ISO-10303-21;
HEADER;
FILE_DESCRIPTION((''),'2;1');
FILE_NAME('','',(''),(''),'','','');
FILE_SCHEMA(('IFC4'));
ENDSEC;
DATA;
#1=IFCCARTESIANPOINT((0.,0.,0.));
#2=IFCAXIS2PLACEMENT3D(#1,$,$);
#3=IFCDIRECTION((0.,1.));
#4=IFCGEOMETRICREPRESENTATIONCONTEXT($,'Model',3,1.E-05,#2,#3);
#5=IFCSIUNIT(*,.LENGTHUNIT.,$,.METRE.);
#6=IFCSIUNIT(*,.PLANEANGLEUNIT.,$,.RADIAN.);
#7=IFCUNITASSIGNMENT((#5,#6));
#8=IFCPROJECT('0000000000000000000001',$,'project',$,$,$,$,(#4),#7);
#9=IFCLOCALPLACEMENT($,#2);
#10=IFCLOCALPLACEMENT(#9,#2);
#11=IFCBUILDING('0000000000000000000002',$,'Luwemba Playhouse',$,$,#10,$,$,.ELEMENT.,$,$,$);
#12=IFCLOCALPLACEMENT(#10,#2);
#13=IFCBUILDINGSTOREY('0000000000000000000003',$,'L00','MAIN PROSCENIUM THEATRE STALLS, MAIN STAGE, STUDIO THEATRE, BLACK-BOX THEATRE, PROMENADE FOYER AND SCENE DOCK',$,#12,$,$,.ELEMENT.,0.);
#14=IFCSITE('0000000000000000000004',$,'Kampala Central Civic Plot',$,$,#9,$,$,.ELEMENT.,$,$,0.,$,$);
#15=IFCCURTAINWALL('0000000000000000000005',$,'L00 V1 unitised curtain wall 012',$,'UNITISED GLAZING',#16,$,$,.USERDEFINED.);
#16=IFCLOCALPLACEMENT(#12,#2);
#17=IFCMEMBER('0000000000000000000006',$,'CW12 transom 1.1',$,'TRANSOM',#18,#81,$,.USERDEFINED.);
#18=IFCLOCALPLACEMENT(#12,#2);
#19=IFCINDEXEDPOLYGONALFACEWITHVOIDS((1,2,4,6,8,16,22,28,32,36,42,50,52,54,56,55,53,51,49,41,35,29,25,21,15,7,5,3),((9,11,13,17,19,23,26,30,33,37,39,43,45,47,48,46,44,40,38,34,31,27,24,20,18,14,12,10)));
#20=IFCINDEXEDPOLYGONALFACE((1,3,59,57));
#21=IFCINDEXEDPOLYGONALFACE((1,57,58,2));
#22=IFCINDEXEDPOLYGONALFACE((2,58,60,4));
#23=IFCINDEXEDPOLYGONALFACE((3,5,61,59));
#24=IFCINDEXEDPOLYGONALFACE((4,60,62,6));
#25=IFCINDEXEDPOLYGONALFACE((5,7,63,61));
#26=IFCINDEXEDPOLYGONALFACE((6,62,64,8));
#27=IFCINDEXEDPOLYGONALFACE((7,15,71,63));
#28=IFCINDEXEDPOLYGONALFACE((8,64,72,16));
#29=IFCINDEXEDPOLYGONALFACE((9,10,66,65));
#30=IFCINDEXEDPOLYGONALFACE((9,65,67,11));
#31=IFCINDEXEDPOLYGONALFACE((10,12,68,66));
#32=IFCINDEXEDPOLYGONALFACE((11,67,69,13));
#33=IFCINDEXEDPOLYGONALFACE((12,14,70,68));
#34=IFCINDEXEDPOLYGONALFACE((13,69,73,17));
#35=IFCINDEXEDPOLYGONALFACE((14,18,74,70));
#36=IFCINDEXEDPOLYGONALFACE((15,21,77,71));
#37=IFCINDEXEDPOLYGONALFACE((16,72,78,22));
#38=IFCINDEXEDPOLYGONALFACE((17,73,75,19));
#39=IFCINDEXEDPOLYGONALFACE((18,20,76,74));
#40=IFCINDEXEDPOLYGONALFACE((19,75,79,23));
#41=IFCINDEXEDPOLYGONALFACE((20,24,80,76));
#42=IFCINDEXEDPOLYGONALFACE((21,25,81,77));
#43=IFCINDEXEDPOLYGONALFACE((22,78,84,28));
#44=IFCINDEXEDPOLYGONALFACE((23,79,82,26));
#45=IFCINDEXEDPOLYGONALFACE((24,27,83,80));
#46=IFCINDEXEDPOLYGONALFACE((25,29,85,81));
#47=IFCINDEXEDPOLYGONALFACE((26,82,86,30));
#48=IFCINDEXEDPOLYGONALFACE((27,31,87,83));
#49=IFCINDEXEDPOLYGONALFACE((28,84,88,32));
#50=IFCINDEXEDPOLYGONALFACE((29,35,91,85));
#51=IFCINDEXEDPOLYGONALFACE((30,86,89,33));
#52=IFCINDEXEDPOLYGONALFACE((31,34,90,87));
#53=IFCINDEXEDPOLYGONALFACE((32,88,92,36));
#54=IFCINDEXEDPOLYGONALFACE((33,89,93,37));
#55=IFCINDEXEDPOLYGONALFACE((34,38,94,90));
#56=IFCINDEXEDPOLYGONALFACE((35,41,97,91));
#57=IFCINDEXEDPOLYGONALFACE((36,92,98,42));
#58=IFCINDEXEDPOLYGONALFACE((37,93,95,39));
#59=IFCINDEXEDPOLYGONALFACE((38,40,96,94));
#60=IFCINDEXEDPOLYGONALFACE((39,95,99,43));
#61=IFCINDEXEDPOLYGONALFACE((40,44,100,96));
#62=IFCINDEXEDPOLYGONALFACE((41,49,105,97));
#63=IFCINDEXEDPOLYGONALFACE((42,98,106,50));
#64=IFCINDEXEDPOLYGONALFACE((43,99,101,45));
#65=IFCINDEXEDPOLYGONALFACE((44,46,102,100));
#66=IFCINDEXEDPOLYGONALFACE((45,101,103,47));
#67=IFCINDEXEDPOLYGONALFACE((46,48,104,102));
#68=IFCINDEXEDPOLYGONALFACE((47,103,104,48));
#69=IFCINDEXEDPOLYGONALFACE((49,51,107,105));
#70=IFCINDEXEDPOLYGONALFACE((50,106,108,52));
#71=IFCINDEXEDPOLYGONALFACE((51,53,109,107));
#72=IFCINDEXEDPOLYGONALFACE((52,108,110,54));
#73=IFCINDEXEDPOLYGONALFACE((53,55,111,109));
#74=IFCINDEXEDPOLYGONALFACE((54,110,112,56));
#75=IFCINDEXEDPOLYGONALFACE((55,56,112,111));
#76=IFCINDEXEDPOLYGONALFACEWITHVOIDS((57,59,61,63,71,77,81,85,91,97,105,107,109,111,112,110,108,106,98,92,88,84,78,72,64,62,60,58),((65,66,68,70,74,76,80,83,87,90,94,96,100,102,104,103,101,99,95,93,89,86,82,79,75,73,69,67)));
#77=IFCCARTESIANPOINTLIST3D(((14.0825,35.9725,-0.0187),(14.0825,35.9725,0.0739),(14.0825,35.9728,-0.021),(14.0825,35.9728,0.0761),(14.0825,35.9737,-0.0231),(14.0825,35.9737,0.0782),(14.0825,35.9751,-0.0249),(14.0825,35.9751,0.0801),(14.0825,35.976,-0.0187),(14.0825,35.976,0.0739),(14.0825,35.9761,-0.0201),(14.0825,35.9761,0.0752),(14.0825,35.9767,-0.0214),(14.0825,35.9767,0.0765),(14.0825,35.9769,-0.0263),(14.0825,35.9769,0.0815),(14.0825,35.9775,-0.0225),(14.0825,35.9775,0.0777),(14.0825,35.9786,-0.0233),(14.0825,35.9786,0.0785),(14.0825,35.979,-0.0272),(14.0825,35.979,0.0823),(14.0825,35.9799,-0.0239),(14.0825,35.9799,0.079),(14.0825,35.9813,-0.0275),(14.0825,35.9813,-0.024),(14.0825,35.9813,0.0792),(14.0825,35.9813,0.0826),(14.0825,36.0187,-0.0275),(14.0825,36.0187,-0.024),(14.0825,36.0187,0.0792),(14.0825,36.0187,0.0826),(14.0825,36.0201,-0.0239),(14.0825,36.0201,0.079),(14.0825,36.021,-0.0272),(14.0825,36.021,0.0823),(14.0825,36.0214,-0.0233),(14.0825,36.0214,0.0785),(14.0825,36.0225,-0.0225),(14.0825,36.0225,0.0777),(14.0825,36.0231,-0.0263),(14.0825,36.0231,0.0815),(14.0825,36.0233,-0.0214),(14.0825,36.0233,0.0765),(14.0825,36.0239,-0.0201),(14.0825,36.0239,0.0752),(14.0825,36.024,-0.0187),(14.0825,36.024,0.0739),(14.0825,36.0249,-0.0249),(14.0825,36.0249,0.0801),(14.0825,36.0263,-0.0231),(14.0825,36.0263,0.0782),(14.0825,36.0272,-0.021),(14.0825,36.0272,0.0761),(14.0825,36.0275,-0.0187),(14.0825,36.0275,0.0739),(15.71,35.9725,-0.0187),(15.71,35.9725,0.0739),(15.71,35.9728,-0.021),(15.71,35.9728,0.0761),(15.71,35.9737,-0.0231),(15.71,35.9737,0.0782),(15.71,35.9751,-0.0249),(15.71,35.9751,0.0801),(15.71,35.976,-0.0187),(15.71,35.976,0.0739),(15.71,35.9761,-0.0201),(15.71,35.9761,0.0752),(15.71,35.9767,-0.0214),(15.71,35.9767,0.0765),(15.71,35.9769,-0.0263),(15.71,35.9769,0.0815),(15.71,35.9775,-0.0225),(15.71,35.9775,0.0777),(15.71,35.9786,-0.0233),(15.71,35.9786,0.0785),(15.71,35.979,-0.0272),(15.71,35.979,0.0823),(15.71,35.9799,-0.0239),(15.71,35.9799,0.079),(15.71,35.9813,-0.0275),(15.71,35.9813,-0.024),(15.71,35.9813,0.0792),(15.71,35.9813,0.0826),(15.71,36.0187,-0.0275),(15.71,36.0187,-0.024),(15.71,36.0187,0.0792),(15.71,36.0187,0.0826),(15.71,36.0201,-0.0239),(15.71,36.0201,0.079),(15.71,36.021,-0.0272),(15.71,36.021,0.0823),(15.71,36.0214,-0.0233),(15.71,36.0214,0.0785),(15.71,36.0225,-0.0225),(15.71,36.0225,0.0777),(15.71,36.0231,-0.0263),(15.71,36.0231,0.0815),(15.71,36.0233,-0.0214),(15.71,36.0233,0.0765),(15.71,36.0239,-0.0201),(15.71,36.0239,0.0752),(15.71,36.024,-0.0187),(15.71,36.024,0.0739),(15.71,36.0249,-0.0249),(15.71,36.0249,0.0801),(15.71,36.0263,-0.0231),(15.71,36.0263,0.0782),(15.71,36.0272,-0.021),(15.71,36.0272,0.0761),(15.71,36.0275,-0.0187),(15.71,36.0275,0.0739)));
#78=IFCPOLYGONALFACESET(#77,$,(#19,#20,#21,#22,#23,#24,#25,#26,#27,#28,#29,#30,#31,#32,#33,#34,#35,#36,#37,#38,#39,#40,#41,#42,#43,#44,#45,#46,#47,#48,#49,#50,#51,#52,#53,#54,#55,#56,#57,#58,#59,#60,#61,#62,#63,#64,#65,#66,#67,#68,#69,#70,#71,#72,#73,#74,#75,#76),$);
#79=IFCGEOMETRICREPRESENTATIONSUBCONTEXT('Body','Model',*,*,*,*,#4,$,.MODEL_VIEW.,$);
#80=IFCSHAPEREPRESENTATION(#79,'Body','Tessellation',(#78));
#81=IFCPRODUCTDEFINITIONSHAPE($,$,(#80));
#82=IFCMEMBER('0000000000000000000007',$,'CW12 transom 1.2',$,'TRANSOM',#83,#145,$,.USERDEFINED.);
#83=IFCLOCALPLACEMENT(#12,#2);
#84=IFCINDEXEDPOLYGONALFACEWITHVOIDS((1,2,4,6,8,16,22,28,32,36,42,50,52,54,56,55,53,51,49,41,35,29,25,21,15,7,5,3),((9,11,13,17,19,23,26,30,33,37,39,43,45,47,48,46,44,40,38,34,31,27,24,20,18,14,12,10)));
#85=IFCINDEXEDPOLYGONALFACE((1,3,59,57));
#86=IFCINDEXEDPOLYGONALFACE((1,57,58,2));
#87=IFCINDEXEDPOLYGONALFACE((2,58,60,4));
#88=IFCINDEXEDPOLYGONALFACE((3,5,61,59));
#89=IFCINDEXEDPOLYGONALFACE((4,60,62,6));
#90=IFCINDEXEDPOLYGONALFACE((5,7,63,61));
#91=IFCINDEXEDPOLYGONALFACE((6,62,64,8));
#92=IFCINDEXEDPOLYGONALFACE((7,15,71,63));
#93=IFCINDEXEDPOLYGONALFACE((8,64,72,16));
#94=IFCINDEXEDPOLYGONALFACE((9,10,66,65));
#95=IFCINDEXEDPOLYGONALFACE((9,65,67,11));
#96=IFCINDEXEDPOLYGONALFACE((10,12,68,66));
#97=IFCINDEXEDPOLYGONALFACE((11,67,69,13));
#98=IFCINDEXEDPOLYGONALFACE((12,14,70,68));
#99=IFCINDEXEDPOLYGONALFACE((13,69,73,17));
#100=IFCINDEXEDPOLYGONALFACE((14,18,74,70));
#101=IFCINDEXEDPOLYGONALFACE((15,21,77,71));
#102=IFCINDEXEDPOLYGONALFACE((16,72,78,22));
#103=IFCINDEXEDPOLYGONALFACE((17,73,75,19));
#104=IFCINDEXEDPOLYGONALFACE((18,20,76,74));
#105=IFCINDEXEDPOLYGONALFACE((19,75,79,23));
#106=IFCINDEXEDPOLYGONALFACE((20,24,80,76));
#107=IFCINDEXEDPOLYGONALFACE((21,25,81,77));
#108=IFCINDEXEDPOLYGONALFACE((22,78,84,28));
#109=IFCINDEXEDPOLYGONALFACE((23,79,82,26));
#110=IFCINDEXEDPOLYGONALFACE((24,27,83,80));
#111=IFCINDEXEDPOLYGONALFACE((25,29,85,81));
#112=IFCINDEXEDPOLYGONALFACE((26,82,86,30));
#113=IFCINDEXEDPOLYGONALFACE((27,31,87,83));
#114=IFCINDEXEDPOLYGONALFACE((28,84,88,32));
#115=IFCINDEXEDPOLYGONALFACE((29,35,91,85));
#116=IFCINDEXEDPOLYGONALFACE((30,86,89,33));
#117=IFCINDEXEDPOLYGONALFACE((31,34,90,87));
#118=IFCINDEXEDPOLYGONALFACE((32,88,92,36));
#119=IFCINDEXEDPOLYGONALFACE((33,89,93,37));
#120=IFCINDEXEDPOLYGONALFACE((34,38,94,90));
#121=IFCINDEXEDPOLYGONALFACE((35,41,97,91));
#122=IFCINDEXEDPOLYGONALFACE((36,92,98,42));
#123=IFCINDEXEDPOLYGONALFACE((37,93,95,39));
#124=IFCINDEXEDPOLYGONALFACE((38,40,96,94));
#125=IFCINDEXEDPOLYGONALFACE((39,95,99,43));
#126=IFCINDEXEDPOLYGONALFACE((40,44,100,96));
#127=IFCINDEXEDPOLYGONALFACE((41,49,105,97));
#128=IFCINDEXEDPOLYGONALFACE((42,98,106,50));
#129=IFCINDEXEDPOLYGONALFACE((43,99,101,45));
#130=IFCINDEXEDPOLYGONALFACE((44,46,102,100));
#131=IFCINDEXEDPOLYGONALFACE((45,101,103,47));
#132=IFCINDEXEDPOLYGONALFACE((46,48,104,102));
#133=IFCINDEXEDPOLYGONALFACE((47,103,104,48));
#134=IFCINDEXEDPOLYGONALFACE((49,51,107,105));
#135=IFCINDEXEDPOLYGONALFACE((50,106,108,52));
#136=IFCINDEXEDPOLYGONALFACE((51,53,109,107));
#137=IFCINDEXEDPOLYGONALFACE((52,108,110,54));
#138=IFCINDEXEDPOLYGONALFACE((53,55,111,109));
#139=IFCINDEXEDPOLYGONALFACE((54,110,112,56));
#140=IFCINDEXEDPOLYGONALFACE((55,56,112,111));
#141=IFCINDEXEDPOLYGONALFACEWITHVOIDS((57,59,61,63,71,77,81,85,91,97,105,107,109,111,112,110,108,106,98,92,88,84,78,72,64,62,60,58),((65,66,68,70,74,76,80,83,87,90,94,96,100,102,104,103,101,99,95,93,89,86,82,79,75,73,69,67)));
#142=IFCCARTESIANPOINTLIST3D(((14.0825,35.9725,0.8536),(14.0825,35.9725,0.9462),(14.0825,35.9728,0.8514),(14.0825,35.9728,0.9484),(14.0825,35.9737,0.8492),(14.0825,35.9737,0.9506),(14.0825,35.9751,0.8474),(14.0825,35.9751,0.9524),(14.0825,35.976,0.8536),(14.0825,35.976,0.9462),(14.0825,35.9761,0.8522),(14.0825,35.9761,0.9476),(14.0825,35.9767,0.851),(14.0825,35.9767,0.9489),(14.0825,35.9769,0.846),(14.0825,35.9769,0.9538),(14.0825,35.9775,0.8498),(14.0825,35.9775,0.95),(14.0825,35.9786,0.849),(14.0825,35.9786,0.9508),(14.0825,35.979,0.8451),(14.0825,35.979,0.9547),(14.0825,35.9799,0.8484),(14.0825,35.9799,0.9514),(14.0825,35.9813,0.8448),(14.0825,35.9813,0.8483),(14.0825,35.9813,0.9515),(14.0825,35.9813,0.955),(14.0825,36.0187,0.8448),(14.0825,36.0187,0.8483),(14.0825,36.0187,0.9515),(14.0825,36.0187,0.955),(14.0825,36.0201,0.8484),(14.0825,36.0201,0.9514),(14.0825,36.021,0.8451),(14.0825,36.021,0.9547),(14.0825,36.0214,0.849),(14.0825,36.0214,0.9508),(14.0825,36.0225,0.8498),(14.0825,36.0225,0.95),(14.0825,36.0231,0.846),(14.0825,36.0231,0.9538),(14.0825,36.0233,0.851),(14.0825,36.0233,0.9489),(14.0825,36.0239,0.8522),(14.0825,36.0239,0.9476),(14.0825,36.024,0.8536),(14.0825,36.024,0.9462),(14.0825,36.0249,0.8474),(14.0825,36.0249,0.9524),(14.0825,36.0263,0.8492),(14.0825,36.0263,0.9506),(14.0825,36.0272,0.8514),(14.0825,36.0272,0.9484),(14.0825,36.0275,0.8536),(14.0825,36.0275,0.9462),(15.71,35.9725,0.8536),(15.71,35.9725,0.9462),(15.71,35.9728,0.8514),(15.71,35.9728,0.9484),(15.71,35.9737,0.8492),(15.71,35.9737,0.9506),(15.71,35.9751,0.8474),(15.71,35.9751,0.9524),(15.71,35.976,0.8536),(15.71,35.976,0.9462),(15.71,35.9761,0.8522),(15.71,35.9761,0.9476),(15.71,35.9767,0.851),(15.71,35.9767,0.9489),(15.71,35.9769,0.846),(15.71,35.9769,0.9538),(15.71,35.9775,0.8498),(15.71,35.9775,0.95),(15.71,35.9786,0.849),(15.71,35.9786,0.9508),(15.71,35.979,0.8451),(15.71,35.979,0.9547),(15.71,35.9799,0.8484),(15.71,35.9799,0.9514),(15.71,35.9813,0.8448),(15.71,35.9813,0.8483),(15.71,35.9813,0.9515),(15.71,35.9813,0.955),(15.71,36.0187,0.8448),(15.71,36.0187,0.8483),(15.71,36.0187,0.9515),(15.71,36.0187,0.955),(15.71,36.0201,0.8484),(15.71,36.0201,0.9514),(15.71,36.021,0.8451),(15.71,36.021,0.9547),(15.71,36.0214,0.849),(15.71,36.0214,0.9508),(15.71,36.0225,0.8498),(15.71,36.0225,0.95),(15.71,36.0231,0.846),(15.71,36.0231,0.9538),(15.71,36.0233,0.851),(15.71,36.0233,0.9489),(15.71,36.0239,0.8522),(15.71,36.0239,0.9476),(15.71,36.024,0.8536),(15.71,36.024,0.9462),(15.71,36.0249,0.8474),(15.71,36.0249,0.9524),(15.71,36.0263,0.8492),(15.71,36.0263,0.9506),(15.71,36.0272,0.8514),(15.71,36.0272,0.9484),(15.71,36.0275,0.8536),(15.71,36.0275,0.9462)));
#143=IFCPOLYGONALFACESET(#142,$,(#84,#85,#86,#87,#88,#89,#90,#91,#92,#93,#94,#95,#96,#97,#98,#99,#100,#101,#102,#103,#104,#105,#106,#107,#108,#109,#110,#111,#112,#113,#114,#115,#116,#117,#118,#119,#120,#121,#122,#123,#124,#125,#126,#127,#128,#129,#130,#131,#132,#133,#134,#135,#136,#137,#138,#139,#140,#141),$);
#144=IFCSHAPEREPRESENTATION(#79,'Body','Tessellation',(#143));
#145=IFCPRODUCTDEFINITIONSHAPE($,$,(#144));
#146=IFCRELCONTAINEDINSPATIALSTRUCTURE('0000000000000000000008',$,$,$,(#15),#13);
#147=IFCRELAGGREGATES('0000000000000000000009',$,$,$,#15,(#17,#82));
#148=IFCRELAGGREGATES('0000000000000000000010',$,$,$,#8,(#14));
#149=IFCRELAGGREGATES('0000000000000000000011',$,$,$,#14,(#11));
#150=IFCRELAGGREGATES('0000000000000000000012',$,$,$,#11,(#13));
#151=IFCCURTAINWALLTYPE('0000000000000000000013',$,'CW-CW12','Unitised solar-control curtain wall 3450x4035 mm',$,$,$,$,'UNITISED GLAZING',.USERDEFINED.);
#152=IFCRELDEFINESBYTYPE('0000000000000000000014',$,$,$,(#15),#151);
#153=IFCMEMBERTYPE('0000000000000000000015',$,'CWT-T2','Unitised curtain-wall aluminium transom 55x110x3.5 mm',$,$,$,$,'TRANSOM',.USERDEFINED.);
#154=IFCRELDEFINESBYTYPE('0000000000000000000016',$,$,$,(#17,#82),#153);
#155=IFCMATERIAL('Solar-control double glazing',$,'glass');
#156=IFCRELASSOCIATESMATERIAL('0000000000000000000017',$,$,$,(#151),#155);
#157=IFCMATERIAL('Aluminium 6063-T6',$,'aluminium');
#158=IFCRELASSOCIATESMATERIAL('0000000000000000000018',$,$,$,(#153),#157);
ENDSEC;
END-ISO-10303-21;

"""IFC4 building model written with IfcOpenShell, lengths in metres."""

from ifc_helpers import new_model, si_unit, direction, frame, origin, origin_2d, place, context, subcontext, project, spatial, hollow_rectangle, extrude, material, material_profile, profile_set, type_object, element, aggregate, save


model = new_model("IFC4")

# Units and contexts
model_context = context("Model", 3, precision=1e-05, world=origin(), true_north=direction((0.0, 1.0)))
body_context = subcontext(model_context, "Body", "Model", "MODEL_VIEW")
ifc_project = project(units=[si_unit("LENGTHUNIT", "METRE"), si_unit("PLANEANGLEUNIT", "RADIAN")], contexts=[model_context])

# Site, building, storey
site_placement = place(None, origin())
site = spatial("IfcSite", under=ifc_project, at=site_placement, Name="Kampala Central Civic Plot", CompositionType="ELEMENT", RefElevation=0.0)
building_placement = place(site_placement, origin())
building = spatial("IfcBuilding", under=site, at=building_placement, Name="Luwemba Playhouse", CompositionType="ELEMENT")
storey_placement = place(building_placement, origin())
storey = spatial("IfcBuildingStorey", under=building, at=storey_placement, Name="L00", Description="MAIN PROSCENIUM THEATRE STALLS, MAIN STAGE, STUDIO THEATRE, BLACK-BOX THEATRE, PROMENADE FOYER AND SCENE DOCK", CompositionType="ELEMENT", Elevation=0.0)

# Curtain wall
ifc_material_1 = material(Name="Solar-control double glazing", Category="glass")
ifc_material_2 = material(Name="Aluminium 6063-T6", Category="aluminium")
curtain_wall_type_1 = type_object("IfcCurtainWallType", Name="CW-CW12", Description="Unitised solar-control curtain wall 3450x4035 mm", ElementType="UNITISED GLAZING", PredefinedType="USERDEFINED", material=ifc_material_1)
curtain_wall_1_placement = place(storey_placement, origin())
curtain_wall_1 = element("IfcCurtainWall", 1, at=curtain_wall_1_placement, inside=storey, type_object=curtain_wall_type_1, Name="L00 V1 unitised curtain wall 012", ObjectType="UNITISED GLAZING", PredefinedType="USERDEFINED")

# Members
ifc_material_profile_1 = material_profile(ifc_material_2, hollow_rectangle(XDim=0.0549, YDim=0.1101, WallThickness=0.0034, InnerFilletRadius=0.0054, OuterFilletRadius=0.0088, at=origin_2d()))
ifc_profile_set_1 = profile_set([ifc_material_profile_1], Name="Aluminium 6063-T6")
member_type_1 = type_object("IfcMemberType", Name="CWT-T2", Description="Unitised curtain-wall aluminium transom 55x110x3.5 mm", ElementType="TRANSOM", PredefinedType="USERDEFINED", material=ifc_profile_set_1)
member_1_placement = place(storey_placement, frame((15.71, 36.0, 0.0276), z_axis=(-1.0, 0.0, 0.0), x_axis=(0.0, -1.0, 0.0)))
member_1 = element("IfcMember", 2, at=member_1_placement, type_object=member_type_1, Name="CW12 transom 1.1", ObjectType="TRANSOM", PredefinedType="USERDEFINED", context=body_context, shape_type="SweptSolid", body=[
    extrude(hollow_rectangle(XDim=0.0549, YDim=0.1101, WallThickness=0.0034, InnerFilletRadius=0.0054, OuterFilletRadius=0.0088, at=origin_2d()), origin(), (0.0, 0.0, 1.0), 1.6274),
])
member_2_placement = place(storey_placement, frame((15.71, 36.0, 0.8999), z_axis=(-1.0, 0.0, 0.0), x_axis=(0.0, -1.0, 0.0)))
member_2 = element("IfcMember", 3, at=member_2_placement, type_object=member_type_1, Name="CW12 transom 1.2", ObjectType="TRANSOM", PredefinedType="USERDEFINED", context=body_context, shape_type="SweptSolid", body=[
    extrude(hollow_rectangle(XDim=0.0549, YDim=0.1101, WallThickness=0.0034, InnerFilletRadius=0.0054, OuterFilletRadius=0.0088, at=origin_2d()), origin(), (0.0, 0.0, 1.0), 1.6274),
])

aggregate(curtain_wall_1, [member_1, member_2])

save(model, "model.ifc")
